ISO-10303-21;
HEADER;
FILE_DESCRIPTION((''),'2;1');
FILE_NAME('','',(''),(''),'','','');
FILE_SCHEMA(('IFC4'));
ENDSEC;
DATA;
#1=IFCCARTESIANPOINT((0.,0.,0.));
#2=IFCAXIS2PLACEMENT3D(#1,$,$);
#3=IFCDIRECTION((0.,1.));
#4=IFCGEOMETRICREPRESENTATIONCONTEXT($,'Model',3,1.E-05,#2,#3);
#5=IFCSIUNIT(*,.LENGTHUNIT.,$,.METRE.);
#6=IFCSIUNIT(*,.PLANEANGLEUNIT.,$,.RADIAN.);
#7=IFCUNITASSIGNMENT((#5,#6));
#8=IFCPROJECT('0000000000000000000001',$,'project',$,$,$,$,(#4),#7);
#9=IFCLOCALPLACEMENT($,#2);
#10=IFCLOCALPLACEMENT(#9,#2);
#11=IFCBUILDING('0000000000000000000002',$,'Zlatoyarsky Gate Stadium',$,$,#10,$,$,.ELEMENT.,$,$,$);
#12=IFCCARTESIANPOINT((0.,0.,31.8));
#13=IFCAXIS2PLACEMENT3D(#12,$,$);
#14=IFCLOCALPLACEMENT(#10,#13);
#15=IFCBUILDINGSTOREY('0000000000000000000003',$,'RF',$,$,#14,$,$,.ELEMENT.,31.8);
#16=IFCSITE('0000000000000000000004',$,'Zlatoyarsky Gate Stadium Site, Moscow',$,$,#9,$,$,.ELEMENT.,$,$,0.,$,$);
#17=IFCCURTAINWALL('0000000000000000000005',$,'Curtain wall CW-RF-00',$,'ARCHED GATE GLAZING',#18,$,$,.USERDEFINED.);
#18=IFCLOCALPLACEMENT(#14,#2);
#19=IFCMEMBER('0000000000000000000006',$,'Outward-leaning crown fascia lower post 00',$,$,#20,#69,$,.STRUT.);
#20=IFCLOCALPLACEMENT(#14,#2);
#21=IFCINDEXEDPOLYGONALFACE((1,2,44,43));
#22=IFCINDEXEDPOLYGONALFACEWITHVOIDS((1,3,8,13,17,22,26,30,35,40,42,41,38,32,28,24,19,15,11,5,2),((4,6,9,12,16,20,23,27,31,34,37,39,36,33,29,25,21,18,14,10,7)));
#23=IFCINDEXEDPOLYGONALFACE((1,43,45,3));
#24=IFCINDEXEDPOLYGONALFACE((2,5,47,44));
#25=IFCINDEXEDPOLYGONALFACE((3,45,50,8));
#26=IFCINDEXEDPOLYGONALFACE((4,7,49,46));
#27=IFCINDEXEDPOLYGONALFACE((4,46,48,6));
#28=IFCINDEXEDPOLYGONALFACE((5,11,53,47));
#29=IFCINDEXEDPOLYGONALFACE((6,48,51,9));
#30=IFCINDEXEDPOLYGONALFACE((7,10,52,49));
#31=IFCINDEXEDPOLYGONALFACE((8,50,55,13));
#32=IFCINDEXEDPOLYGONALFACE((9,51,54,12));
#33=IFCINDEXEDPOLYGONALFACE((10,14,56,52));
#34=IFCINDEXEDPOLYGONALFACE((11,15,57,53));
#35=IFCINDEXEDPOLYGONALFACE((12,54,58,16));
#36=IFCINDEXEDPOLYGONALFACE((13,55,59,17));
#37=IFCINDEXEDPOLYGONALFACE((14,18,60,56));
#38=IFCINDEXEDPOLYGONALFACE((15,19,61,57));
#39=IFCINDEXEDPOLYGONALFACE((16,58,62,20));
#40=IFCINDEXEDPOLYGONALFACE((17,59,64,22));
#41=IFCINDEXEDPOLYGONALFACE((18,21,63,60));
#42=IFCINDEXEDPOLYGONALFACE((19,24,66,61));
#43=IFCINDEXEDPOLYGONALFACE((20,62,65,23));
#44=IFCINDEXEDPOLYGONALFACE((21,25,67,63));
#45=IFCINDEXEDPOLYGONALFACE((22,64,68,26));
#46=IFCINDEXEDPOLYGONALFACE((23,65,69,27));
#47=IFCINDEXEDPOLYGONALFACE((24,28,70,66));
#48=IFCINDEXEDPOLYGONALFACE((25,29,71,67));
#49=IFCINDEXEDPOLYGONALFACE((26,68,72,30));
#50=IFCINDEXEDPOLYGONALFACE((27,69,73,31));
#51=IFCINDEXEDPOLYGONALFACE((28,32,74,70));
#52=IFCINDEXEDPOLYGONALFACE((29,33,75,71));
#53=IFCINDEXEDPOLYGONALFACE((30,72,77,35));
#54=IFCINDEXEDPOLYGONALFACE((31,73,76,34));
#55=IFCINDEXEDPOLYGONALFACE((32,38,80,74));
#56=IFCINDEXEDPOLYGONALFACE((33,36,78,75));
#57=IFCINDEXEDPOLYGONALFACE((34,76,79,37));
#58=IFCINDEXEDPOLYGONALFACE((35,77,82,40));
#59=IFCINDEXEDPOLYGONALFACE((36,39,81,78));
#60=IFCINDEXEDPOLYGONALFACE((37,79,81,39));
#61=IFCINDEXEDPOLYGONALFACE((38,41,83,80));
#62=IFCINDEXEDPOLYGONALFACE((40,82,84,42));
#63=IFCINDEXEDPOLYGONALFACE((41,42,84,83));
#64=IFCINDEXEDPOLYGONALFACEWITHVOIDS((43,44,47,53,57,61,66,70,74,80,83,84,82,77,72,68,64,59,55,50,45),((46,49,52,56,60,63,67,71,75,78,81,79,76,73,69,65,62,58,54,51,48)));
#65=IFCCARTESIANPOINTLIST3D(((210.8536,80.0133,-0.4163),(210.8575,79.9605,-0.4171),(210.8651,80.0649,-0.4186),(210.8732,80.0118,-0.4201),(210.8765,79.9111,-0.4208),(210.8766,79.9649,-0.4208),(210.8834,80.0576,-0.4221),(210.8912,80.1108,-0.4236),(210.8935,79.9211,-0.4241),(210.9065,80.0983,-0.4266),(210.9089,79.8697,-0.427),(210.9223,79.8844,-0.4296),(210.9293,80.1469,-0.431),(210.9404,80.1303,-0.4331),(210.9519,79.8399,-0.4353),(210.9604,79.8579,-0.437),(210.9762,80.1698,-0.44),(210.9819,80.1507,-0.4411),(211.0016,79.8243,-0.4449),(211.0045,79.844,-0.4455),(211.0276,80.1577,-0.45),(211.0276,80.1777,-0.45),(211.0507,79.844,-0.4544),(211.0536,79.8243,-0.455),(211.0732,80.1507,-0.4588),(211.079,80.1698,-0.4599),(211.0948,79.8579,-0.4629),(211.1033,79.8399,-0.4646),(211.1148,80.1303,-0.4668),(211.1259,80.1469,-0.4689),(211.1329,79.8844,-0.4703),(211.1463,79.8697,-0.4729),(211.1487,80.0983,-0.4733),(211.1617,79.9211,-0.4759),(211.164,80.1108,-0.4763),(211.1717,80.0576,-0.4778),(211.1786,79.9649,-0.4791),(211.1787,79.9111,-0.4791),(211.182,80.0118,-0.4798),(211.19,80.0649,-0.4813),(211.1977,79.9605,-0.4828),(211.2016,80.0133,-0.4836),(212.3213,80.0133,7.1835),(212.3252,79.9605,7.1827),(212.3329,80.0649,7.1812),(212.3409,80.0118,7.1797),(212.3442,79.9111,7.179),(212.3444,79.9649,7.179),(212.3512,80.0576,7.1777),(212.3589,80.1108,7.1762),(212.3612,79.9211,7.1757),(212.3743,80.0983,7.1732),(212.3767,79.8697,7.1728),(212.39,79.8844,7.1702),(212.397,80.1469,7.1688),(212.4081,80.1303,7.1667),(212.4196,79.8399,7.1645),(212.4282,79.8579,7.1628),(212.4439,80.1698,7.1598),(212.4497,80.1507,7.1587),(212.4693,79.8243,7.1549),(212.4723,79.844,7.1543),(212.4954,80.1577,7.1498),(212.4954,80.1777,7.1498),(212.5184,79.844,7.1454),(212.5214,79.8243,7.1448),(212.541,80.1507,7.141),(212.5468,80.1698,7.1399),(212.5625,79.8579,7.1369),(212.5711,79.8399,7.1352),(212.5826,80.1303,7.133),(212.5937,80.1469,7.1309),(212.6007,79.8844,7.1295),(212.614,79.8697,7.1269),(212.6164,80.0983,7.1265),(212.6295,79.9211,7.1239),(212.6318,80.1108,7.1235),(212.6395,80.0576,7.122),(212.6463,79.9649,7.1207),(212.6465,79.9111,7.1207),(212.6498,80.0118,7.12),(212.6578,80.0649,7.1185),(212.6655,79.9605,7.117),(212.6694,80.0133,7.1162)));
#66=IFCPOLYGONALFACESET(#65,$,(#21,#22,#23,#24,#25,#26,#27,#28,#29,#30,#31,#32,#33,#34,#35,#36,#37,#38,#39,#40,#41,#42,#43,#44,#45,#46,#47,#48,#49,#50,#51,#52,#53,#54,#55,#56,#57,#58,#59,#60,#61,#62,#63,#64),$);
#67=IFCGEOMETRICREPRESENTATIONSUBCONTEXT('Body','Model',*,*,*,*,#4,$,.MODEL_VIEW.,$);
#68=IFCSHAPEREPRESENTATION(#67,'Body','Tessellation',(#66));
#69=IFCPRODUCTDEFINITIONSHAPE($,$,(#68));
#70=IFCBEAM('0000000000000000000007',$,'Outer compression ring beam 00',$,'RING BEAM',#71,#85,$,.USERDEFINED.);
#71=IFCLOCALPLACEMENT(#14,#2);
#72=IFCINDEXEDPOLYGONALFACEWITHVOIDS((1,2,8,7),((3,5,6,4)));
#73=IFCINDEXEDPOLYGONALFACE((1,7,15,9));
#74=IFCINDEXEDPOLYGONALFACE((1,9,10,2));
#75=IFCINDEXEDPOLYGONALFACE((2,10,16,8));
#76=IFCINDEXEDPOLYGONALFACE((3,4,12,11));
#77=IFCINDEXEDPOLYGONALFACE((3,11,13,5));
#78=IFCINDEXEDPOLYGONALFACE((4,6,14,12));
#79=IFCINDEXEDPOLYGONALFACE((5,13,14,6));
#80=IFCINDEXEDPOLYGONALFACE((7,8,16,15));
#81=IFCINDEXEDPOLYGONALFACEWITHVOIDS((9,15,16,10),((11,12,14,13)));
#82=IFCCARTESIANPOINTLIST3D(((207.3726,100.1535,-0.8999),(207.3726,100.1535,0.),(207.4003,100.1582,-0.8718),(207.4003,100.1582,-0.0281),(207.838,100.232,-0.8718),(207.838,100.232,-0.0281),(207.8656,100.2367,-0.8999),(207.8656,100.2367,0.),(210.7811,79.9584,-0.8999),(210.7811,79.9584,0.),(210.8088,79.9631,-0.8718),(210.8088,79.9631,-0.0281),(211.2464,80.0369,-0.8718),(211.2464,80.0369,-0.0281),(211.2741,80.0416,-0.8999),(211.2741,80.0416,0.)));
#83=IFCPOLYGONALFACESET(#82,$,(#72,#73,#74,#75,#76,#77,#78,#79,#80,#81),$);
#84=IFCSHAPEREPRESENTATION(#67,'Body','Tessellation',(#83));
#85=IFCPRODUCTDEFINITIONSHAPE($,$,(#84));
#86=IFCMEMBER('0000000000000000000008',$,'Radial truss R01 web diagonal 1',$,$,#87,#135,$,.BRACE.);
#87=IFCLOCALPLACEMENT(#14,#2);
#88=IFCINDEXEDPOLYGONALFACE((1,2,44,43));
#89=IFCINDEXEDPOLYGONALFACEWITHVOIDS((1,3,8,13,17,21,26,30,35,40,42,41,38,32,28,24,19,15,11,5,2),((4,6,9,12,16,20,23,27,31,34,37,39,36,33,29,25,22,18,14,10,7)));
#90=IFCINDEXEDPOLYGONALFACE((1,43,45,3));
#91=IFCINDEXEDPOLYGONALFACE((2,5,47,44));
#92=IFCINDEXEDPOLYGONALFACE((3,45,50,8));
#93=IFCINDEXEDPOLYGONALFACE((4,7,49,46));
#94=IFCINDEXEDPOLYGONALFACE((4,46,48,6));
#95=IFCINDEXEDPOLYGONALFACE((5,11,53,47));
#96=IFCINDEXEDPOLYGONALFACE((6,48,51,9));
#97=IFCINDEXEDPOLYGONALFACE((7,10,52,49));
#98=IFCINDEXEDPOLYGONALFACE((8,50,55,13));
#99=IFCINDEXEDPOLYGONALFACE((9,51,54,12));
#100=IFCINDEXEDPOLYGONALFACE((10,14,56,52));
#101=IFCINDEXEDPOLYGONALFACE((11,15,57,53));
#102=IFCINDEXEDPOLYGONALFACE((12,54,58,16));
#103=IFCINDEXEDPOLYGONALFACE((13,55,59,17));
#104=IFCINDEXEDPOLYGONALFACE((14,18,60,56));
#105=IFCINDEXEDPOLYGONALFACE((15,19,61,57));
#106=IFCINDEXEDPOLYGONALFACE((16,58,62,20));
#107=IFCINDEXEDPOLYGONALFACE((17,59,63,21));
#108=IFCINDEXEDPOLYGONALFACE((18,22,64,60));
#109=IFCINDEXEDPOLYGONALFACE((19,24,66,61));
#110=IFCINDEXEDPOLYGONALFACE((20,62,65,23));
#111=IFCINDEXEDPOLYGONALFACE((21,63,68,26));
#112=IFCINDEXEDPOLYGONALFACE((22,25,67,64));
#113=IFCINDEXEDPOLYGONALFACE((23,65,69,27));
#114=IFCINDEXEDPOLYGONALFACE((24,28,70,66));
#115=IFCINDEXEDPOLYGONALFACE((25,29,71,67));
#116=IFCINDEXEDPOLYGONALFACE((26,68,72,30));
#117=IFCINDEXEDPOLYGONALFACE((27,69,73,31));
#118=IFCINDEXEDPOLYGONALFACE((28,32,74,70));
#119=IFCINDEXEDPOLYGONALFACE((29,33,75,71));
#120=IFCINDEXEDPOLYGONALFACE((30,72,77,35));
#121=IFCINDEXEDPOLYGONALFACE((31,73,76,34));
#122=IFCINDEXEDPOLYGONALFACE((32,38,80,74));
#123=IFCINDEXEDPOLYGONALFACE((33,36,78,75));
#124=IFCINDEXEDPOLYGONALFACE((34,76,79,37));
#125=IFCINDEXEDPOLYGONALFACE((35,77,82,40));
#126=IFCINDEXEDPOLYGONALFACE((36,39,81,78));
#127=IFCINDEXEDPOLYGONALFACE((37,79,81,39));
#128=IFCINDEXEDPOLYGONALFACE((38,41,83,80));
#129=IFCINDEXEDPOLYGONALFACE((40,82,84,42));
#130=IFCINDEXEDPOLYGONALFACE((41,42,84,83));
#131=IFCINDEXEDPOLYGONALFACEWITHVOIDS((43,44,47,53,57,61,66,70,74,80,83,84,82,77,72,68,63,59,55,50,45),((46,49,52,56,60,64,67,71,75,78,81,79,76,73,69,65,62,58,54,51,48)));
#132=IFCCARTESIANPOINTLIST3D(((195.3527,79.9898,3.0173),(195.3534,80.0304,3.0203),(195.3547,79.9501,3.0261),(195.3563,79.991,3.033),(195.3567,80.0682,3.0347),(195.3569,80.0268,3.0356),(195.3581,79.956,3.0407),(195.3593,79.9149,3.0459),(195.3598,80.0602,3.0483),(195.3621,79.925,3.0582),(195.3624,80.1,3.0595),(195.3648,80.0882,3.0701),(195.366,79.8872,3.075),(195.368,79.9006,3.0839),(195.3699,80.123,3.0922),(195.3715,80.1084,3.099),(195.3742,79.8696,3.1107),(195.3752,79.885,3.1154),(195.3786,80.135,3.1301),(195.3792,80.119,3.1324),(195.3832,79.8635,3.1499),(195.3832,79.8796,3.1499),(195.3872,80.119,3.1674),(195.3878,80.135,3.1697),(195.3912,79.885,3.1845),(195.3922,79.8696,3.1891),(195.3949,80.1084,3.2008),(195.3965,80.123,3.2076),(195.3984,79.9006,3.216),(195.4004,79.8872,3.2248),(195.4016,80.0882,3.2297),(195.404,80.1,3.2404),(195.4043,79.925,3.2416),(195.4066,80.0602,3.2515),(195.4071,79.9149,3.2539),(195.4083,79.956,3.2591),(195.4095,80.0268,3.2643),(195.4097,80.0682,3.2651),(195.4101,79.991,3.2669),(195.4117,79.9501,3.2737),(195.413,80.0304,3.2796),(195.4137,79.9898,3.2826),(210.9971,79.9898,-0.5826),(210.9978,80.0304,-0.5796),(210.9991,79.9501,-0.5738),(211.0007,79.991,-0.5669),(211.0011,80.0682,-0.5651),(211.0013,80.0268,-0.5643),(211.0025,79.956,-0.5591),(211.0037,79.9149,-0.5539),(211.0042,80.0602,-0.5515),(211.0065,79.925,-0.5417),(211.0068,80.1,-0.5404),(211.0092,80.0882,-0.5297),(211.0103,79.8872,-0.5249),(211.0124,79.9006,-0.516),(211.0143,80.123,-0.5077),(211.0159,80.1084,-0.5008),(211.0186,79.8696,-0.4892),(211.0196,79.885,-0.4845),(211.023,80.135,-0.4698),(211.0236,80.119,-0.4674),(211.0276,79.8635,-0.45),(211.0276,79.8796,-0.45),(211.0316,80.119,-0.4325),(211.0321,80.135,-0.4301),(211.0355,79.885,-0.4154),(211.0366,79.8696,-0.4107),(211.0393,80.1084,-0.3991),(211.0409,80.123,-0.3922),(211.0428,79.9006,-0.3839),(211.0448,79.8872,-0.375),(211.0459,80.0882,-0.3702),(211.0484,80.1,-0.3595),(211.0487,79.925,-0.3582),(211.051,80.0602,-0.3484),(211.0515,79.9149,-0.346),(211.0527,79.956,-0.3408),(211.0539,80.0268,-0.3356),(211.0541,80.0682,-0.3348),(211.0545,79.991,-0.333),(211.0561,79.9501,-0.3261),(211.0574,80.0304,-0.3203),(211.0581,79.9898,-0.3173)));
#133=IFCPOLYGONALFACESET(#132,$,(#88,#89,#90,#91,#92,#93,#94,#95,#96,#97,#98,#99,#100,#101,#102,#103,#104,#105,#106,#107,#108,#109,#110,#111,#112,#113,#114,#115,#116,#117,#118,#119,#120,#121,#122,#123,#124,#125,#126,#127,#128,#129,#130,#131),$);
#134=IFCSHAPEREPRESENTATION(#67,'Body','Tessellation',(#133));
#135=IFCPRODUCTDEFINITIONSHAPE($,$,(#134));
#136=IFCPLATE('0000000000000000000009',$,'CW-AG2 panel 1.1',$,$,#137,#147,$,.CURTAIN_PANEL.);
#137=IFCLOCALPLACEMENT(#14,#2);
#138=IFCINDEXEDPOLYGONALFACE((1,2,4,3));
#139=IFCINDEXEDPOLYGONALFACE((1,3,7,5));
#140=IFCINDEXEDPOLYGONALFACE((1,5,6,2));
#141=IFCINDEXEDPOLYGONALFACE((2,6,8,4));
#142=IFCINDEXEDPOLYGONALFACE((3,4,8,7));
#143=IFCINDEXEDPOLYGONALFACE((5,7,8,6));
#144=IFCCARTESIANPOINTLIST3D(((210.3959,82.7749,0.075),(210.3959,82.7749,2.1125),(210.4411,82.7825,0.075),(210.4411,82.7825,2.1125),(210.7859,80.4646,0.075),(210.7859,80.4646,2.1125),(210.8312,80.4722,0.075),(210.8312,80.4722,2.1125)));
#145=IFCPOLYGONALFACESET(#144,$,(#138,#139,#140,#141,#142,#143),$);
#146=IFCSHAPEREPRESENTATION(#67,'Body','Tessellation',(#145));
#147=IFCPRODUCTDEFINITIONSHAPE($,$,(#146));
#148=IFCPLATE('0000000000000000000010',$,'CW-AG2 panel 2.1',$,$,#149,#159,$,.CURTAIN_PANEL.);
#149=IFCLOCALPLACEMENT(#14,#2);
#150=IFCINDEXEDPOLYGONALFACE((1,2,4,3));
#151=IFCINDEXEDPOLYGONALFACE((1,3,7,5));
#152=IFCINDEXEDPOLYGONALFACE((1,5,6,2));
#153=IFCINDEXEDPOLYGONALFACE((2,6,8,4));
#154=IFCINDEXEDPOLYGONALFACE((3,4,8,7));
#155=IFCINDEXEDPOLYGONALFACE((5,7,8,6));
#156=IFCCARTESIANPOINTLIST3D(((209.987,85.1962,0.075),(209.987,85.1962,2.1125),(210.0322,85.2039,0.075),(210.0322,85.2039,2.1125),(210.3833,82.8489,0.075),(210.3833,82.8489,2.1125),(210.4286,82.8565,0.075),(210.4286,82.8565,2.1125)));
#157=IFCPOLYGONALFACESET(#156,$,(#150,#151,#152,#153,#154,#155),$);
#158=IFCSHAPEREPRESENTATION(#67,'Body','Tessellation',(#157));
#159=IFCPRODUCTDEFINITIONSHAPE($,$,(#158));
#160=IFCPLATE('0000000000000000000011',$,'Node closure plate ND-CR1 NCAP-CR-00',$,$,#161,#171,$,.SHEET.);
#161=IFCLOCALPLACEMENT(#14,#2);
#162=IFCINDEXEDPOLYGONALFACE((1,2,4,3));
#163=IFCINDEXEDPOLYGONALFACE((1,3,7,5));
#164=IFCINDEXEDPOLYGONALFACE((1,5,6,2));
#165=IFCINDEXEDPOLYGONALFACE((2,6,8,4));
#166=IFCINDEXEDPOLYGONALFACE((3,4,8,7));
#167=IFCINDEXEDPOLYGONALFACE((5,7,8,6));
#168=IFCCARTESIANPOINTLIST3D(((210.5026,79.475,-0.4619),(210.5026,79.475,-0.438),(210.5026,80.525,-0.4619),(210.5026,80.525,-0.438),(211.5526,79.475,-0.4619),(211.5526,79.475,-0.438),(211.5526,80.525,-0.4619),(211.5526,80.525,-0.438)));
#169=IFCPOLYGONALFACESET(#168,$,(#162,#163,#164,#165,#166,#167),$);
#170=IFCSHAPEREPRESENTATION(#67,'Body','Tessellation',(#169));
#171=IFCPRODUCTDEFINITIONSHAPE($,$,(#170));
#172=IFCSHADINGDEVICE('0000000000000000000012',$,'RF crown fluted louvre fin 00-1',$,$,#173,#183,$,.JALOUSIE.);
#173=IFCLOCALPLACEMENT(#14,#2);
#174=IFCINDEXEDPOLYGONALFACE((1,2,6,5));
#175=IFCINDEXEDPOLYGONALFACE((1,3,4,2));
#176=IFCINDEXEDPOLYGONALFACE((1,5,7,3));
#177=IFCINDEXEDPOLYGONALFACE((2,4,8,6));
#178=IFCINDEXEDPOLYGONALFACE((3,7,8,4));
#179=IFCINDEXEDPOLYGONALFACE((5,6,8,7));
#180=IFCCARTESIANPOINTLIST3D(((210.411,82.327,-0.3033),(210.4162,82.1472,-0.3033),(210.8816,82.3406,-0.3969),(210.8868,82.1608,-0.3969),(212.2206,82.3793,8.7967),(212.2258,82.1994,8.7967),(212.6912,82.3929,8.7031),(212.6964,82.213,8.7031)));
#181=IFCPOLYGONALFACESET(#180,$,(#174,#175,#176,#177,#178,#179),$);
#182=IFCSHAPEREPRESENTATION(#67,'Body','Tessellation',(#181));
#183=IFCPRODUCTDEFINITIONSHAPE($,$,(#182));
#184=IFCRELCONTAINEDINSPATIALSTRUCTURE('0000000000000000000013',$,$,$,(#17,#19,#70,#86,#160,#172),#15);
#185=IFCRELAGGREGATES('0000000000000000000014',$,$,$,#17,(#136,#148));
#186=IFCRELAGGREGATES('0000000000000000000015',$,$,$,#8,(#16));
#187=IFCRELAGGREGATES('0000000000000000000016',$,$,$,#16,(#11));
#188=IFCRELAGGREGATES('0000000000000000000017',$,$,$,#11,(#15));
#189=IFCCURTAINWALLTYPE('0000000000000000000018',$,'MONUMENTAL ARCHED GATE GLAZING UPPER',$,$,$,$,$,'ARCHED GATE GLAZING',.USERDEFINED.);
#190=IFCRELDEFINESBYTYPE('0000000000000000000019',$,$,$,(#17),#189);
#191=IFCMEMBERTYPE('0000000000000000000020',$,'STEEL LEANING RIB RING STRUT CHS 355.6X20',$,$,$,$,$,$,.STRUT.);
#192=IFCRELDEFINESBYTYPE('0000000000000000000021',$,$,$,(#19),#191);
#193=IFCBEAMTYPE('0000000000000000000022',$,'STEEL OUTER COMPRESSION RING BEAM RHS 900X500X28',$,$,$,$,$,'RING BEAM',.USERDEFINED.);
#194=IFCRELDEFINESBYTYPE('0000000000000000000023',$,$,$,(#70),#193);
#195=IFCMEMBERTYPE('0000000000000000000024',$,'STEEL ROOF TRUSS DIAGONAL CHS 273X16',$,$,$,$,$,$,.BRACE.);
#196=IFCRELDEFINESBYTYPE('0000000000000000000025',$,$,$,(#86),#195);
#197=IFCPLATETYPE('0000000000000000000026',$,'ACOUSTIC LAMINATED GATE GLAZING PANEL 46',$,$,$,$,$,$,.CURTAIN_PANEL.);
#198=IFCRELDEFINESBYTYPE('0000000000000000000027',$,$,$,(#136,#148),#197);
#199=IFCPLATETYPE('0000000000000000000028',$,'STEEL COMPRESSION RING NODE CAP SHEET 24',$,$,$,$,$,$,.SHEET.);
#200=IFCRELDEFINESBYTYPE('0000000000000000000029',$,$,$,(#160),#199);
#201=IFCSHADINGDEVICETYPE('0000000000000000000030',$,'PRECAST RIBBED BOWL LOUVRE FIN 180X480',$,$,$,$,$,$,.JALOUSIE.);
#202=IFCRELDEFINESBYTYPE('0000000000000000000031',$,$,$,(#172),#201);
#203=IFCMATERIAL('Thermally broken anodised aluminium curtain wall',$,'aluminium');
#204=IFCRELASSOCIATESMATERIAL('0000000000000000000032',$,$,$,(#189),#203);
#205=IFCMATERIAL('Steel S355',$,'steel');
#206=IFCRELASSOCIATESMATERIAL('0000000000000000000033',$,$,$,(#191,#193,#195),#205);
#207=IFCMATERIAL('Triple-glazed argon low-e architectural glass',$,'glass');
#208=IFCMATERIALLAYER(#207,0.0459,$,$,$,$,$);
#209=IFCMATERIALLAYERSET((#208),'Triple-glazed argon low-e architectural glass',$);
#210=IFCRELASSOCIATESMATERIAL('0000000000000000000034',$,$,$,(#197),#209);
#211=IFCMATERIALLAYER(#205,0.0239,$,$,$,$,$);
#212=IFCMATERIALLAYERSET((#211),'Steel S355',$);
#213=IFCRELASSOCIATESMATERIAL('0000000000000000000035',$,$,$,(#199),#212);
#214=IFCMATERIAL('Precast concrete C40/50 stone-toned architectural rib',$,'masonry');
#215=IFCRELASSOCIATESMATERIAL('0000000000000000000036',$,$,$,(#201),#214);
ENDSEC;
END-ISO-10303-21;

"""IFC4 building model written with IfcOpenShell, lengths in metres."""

from ifc_helpers import new_model, si_unit, direction, frame, origin, origin_2d, place, context, subcontext, project, spatial, rectangle, hollow_rectangle, hollow_circle, extrude, material, layer, layer_set, material_profile, profile_set, type_object, element, aggregate, save


model = new_model("IFC4")

# Units and contexts
model_context = context("Model", 3, precision=1e-05, world=origin(), true_north=direction((0.0, 1.0)))
body_context = subcontext(model_context, "Body", "Model", "MODEL_VIEW")
ifc_project = project(units=[si_unit("LENGTHUNIT", "METRE"), si_unit("PLANEANGLEUNIT", "RADIAN")], contexts=[model_context])

# Site, building, storey
site_placement = place(None, origin())
site = spatial("IfcSite", under=ifc_project, at=site_placement, Name="Zlatoyarsky Gate Stadium Site, Moscow", CompositionType="ELEMENT", RefElevation=0.0)
building_placement = place(site_placement, origin())
building = spatial("IfcBuilding", under=site, at=building_placement, Name="Zlatoyarsky Gate Stadium", CompositionType="ELEMENT")
storey_placement = place(building_placement, frame((0.0, 0.0, 31.8)))
storey = spatial("IfcBuildingStorey", under=building, at=storey_placement, Name="RF", CompositionType="ELEMENT", Elevation=31.8)

# Curtain wall
ifc_material_1 = material(Name="Thermally broken anodised aluminium curtain wall", Category="aluminium")
curtain_wall_type = type_object("IfcCurtainWallType", Name="MONUMENTAL ARCHED GATE GLAZING UPPER", ElementType="ARCHED GATE GLAZING", PredefinedType="USERDEFINED", material=ifc_material_1)
curtain_wall_placement = place(storey_placement, origin())
curtain_wall = element("IfcCurtainWall", 1, at=curtain_wall_placement, inside=storey, type_object=curtain_wall_type, Name="Curtain wall CW-RF-00", ObjectType="ARCHED GATE GLAZING", PredefinedType="USERDEFINED")

# Member
ifc_material_2 = material(Name="Steel S355", Category="steel")
ifc_material_profile_1 = material_profile(ifc_material_2, hollow_circle(Radius=0.1777, WallThickness=0.02, at=origin_2d()), Name="CHS 355.6X20")
ifc_profile_set_1 = profile_set([ifc_material_profile_1], Name="Steel S355")
member_type_1 = type_object("IfcMemberType", Name="STEEL LEANING RIB RING STRUT CHS 355.6X20", PredefinedType="STRUT", material=ifc_profile_set_1)
member_1_placement = place(storey_placement, frame((211.0276, 80.0, -0.45), z_axis=(0.189628, 0.0, 0.981856), x_axis=(0.0, 1.0, 0.0)))
element("IfcMember", 2, at=member_1_placement, inside=storey, type_object=member_type_1, Name="Outward-leaning crown fascia lower post 00", PredefinedType="STRUT", context=body_context, shape_type="SweptSolid", body=[
    extrude(hollow_circle(Radius=0.1777, WallThickness=0.02, at=origin_2d()), origin(), (0.0, 0.0, 1.0), 7.7402),
])

# Beam
ifc_material_profile_2 = material_profile(ifc_material_2, hollow_rectangle(XDim=0.5, YDim=0.8999, WallThickness=0.0281, at=origin_2d()), Name="RHS 900X500X28")
ifc_profile_set_2 = profile_set([ifc_material_profile_2], Name="Steel S355")
beam_type = type_object("IfcBeamType", Name="STEEL OUTER COMPRESSION RING BEAM RHS 900X500X28", ElementType="RING BEAM", PredefinedType="USERDEFINED", material=ifc_profile_set_2)
beam_placement = place(storey_placement, frame((211.0276, 80.0, -0.45), z_axis=(-0.166423, 0.986055, 0.0), x_axis=(-0.986055, -0.166423, 0.0)))
element("IfcBeam", 3, at=beam_placement, inside=storey, type_object=beam_type, Name="Outer compression ring beam 00", ObjectType="RING BEAM", PredefinedType="USERDEFINED", context=body_context, shape_type="SweptSolid", body=[
    extrude(hollow_rectangle(XDim=0.5, YDim=0.8999, WallThickness=0.0281, at=origin_2d()), origin(), (0.0, 0.0, 1.0), 20.4807),
])

# Member
ifc_material_profile_3 = material_profile(ifc_material_2, hollow_circle(Radius=0.1365, WallThickness=0.0161, at=origin_2d()), Name="CHS 273X16")
ifc_profile_set_3 = profile_set([ifc_material_profile_3], Name="Steel S355")
member_type_2 = type_object("IfcMemberType", Name="STEEL ROOF TRUSS DIAGONAL CHS 273X16", PredefinedType="BRACE", material=ifc_profile_set_3)
member_2_placement = place(storey_placement, frame((211.0276, 80.0, -0.45), z_axis=(-0.974532, 0.0, 0.224246), x_axis=(0.0, -1.0, 0.0)))
element("IfcMember", 4, at=member_2_placement, inside=storey, type_object=member_type_2, Name="Radial truss R01 web diagonal 1", PredefinedType="BRACE", context=body_context, shape_type="SweptSolid", body=[
    extrude(hollow_circle(Radius=0.1365, WallThickness=0.0161, at=origin_2d()), origin(), (0.0, 0.0, 1.0), 16.0532),
])

# Plates
ifc_material_3 = material(Name="Triple-glazed argon low-e architectural glass", Category="glass")
ifc_layer_1 = layer(ifc_material_3, 0.0459)
ifc_layer_set_1 = layer_set([ifc_layer_1], Name="Triple-glazed argon low-e architectural glass")
plate_type_1 = type_object("IfcPlateType", Name="ACOUSTIC LAMINATED GATE GLAZING PANEL 46", PredefinedType="CURTAIN_PANEL", material=ifc_layer_set_1)
plate_1_placement = place(storey_placement, frame((210.6135, 81.6235, 0.075), z_axis=(0.0, 0.0, 1.0), x_axis=(-0.166482, 0.986044, 0.0)))
plate_1 = element("IfcPlate", 5, at=plate_1_placement, type_object=plate_type_1, Name="CW-AG2 panel 1.1", PredefinedType="CURTAIN_PANEL", context=body_context, shape_type="SweptSolid", body=[
    extrude(rectangle(XDim=2.343, YDim=0.0459, at=origin_2d()), origin(), (0.0, 0.0, 1.0), 2.0376),
])
plate_2_placement = place(storey_placement, frame((210.2078, 84.0264, 0.075), z_axis=(0.0, 0.0, 1.0), x_axis=(-0.166482, 0.986044, 0.0)))
plate_2 = element("IfcPlate", 6, at=plate_2_placement, type_object=plate_type_1, Name="CW-AG2 panel 2.1", PredefinedType="CURTAIN_PANEL", context=body_context, shape_type="SweptSolid", body=[
    extrude(rectangle(XDim=2.3806, YDim=0.0459, at=origin_2d()), origin(), (0.0, 0.0, 1.0), 2.0376),
])
aggregate(curtain_wall, [plate_1, plate_2])
ifc_layer_2 = layer(ifc_material_2, 0.0239)
ifc_layer_set_2 = layer_set([ifc_layer_2], Name="Steel S355")
plate_type_2 = type_object("IfcPlateType", Name="STEEL COMPRESSION RING NODE CAP SHEET 24", PredefinedType="SHEET", material=ifc_layer_set_2)
plate_3_placement = place(storey_placement, frame((211.0276, 80.0, -0.4619), z_axis=(0.0, 0.0, 1.0), x_axis=(1.0, 0.0, 0.0)))
element("IfcPlate", 7, at=plate_3_placement, inside=storey, type_object=plate_type_2, Name="Node closure plate ND-CR1 NCAP-CR-00", PredefinedType="SHEET", context=body_context, shape_type="SweptSolid", body=[
    extrude(rectangle(XDim=1.05, YDim=1.05, at=origin_2d()), origin(), (0.0, 0.0, 1.0), 0.0239),
])

# Shading device
ifc_material_4 = material(Name="Precast concrete C40/50 stone-toned architectural rib", Category="masonry")
ifc_material_profile_4 = material_profile(ifc_material_4, rectangle(XDim=0.1799, YDim=0.48, at=origin_2d()), Name="RIB 180X480")
ifc_profile_set_4 = profile_set([ifc_material_profile_4], Name="Precast concrete C40/50 stone-toned architectural rib")
shading_device_type = type_object("IfcShadingDeviceType", Name="PRECAST RIBBED BOWL LOUVRE FIN 180X480", PredefinedType="JALOUSIE", material=ifc_profile_set_4)
shading_device_1_placement = place(storey_placement, frame((210.6489, 82.2439, -0.3501), z_axis=(0.19503, 0.005631, 0.980781), x_axis=(-0.02886, 0.999583, 0.0)))
element("IfcShadingDevice", 8, at=shading_device_1_placement, inside=storey, type_object=shading_device_type, Name="RF crown fluted louvre fin 00-1", PredefinedType="JALOUSIE", context=body_context, shape_type="SweptSolid", body=[
    extrude(rectangle(XDim=0.1799, YDim=0.48, at=origin_2d()), origin(), (0.0, 0.0, 1.0), 9.2783),
])

save(model, "model.ifc")
